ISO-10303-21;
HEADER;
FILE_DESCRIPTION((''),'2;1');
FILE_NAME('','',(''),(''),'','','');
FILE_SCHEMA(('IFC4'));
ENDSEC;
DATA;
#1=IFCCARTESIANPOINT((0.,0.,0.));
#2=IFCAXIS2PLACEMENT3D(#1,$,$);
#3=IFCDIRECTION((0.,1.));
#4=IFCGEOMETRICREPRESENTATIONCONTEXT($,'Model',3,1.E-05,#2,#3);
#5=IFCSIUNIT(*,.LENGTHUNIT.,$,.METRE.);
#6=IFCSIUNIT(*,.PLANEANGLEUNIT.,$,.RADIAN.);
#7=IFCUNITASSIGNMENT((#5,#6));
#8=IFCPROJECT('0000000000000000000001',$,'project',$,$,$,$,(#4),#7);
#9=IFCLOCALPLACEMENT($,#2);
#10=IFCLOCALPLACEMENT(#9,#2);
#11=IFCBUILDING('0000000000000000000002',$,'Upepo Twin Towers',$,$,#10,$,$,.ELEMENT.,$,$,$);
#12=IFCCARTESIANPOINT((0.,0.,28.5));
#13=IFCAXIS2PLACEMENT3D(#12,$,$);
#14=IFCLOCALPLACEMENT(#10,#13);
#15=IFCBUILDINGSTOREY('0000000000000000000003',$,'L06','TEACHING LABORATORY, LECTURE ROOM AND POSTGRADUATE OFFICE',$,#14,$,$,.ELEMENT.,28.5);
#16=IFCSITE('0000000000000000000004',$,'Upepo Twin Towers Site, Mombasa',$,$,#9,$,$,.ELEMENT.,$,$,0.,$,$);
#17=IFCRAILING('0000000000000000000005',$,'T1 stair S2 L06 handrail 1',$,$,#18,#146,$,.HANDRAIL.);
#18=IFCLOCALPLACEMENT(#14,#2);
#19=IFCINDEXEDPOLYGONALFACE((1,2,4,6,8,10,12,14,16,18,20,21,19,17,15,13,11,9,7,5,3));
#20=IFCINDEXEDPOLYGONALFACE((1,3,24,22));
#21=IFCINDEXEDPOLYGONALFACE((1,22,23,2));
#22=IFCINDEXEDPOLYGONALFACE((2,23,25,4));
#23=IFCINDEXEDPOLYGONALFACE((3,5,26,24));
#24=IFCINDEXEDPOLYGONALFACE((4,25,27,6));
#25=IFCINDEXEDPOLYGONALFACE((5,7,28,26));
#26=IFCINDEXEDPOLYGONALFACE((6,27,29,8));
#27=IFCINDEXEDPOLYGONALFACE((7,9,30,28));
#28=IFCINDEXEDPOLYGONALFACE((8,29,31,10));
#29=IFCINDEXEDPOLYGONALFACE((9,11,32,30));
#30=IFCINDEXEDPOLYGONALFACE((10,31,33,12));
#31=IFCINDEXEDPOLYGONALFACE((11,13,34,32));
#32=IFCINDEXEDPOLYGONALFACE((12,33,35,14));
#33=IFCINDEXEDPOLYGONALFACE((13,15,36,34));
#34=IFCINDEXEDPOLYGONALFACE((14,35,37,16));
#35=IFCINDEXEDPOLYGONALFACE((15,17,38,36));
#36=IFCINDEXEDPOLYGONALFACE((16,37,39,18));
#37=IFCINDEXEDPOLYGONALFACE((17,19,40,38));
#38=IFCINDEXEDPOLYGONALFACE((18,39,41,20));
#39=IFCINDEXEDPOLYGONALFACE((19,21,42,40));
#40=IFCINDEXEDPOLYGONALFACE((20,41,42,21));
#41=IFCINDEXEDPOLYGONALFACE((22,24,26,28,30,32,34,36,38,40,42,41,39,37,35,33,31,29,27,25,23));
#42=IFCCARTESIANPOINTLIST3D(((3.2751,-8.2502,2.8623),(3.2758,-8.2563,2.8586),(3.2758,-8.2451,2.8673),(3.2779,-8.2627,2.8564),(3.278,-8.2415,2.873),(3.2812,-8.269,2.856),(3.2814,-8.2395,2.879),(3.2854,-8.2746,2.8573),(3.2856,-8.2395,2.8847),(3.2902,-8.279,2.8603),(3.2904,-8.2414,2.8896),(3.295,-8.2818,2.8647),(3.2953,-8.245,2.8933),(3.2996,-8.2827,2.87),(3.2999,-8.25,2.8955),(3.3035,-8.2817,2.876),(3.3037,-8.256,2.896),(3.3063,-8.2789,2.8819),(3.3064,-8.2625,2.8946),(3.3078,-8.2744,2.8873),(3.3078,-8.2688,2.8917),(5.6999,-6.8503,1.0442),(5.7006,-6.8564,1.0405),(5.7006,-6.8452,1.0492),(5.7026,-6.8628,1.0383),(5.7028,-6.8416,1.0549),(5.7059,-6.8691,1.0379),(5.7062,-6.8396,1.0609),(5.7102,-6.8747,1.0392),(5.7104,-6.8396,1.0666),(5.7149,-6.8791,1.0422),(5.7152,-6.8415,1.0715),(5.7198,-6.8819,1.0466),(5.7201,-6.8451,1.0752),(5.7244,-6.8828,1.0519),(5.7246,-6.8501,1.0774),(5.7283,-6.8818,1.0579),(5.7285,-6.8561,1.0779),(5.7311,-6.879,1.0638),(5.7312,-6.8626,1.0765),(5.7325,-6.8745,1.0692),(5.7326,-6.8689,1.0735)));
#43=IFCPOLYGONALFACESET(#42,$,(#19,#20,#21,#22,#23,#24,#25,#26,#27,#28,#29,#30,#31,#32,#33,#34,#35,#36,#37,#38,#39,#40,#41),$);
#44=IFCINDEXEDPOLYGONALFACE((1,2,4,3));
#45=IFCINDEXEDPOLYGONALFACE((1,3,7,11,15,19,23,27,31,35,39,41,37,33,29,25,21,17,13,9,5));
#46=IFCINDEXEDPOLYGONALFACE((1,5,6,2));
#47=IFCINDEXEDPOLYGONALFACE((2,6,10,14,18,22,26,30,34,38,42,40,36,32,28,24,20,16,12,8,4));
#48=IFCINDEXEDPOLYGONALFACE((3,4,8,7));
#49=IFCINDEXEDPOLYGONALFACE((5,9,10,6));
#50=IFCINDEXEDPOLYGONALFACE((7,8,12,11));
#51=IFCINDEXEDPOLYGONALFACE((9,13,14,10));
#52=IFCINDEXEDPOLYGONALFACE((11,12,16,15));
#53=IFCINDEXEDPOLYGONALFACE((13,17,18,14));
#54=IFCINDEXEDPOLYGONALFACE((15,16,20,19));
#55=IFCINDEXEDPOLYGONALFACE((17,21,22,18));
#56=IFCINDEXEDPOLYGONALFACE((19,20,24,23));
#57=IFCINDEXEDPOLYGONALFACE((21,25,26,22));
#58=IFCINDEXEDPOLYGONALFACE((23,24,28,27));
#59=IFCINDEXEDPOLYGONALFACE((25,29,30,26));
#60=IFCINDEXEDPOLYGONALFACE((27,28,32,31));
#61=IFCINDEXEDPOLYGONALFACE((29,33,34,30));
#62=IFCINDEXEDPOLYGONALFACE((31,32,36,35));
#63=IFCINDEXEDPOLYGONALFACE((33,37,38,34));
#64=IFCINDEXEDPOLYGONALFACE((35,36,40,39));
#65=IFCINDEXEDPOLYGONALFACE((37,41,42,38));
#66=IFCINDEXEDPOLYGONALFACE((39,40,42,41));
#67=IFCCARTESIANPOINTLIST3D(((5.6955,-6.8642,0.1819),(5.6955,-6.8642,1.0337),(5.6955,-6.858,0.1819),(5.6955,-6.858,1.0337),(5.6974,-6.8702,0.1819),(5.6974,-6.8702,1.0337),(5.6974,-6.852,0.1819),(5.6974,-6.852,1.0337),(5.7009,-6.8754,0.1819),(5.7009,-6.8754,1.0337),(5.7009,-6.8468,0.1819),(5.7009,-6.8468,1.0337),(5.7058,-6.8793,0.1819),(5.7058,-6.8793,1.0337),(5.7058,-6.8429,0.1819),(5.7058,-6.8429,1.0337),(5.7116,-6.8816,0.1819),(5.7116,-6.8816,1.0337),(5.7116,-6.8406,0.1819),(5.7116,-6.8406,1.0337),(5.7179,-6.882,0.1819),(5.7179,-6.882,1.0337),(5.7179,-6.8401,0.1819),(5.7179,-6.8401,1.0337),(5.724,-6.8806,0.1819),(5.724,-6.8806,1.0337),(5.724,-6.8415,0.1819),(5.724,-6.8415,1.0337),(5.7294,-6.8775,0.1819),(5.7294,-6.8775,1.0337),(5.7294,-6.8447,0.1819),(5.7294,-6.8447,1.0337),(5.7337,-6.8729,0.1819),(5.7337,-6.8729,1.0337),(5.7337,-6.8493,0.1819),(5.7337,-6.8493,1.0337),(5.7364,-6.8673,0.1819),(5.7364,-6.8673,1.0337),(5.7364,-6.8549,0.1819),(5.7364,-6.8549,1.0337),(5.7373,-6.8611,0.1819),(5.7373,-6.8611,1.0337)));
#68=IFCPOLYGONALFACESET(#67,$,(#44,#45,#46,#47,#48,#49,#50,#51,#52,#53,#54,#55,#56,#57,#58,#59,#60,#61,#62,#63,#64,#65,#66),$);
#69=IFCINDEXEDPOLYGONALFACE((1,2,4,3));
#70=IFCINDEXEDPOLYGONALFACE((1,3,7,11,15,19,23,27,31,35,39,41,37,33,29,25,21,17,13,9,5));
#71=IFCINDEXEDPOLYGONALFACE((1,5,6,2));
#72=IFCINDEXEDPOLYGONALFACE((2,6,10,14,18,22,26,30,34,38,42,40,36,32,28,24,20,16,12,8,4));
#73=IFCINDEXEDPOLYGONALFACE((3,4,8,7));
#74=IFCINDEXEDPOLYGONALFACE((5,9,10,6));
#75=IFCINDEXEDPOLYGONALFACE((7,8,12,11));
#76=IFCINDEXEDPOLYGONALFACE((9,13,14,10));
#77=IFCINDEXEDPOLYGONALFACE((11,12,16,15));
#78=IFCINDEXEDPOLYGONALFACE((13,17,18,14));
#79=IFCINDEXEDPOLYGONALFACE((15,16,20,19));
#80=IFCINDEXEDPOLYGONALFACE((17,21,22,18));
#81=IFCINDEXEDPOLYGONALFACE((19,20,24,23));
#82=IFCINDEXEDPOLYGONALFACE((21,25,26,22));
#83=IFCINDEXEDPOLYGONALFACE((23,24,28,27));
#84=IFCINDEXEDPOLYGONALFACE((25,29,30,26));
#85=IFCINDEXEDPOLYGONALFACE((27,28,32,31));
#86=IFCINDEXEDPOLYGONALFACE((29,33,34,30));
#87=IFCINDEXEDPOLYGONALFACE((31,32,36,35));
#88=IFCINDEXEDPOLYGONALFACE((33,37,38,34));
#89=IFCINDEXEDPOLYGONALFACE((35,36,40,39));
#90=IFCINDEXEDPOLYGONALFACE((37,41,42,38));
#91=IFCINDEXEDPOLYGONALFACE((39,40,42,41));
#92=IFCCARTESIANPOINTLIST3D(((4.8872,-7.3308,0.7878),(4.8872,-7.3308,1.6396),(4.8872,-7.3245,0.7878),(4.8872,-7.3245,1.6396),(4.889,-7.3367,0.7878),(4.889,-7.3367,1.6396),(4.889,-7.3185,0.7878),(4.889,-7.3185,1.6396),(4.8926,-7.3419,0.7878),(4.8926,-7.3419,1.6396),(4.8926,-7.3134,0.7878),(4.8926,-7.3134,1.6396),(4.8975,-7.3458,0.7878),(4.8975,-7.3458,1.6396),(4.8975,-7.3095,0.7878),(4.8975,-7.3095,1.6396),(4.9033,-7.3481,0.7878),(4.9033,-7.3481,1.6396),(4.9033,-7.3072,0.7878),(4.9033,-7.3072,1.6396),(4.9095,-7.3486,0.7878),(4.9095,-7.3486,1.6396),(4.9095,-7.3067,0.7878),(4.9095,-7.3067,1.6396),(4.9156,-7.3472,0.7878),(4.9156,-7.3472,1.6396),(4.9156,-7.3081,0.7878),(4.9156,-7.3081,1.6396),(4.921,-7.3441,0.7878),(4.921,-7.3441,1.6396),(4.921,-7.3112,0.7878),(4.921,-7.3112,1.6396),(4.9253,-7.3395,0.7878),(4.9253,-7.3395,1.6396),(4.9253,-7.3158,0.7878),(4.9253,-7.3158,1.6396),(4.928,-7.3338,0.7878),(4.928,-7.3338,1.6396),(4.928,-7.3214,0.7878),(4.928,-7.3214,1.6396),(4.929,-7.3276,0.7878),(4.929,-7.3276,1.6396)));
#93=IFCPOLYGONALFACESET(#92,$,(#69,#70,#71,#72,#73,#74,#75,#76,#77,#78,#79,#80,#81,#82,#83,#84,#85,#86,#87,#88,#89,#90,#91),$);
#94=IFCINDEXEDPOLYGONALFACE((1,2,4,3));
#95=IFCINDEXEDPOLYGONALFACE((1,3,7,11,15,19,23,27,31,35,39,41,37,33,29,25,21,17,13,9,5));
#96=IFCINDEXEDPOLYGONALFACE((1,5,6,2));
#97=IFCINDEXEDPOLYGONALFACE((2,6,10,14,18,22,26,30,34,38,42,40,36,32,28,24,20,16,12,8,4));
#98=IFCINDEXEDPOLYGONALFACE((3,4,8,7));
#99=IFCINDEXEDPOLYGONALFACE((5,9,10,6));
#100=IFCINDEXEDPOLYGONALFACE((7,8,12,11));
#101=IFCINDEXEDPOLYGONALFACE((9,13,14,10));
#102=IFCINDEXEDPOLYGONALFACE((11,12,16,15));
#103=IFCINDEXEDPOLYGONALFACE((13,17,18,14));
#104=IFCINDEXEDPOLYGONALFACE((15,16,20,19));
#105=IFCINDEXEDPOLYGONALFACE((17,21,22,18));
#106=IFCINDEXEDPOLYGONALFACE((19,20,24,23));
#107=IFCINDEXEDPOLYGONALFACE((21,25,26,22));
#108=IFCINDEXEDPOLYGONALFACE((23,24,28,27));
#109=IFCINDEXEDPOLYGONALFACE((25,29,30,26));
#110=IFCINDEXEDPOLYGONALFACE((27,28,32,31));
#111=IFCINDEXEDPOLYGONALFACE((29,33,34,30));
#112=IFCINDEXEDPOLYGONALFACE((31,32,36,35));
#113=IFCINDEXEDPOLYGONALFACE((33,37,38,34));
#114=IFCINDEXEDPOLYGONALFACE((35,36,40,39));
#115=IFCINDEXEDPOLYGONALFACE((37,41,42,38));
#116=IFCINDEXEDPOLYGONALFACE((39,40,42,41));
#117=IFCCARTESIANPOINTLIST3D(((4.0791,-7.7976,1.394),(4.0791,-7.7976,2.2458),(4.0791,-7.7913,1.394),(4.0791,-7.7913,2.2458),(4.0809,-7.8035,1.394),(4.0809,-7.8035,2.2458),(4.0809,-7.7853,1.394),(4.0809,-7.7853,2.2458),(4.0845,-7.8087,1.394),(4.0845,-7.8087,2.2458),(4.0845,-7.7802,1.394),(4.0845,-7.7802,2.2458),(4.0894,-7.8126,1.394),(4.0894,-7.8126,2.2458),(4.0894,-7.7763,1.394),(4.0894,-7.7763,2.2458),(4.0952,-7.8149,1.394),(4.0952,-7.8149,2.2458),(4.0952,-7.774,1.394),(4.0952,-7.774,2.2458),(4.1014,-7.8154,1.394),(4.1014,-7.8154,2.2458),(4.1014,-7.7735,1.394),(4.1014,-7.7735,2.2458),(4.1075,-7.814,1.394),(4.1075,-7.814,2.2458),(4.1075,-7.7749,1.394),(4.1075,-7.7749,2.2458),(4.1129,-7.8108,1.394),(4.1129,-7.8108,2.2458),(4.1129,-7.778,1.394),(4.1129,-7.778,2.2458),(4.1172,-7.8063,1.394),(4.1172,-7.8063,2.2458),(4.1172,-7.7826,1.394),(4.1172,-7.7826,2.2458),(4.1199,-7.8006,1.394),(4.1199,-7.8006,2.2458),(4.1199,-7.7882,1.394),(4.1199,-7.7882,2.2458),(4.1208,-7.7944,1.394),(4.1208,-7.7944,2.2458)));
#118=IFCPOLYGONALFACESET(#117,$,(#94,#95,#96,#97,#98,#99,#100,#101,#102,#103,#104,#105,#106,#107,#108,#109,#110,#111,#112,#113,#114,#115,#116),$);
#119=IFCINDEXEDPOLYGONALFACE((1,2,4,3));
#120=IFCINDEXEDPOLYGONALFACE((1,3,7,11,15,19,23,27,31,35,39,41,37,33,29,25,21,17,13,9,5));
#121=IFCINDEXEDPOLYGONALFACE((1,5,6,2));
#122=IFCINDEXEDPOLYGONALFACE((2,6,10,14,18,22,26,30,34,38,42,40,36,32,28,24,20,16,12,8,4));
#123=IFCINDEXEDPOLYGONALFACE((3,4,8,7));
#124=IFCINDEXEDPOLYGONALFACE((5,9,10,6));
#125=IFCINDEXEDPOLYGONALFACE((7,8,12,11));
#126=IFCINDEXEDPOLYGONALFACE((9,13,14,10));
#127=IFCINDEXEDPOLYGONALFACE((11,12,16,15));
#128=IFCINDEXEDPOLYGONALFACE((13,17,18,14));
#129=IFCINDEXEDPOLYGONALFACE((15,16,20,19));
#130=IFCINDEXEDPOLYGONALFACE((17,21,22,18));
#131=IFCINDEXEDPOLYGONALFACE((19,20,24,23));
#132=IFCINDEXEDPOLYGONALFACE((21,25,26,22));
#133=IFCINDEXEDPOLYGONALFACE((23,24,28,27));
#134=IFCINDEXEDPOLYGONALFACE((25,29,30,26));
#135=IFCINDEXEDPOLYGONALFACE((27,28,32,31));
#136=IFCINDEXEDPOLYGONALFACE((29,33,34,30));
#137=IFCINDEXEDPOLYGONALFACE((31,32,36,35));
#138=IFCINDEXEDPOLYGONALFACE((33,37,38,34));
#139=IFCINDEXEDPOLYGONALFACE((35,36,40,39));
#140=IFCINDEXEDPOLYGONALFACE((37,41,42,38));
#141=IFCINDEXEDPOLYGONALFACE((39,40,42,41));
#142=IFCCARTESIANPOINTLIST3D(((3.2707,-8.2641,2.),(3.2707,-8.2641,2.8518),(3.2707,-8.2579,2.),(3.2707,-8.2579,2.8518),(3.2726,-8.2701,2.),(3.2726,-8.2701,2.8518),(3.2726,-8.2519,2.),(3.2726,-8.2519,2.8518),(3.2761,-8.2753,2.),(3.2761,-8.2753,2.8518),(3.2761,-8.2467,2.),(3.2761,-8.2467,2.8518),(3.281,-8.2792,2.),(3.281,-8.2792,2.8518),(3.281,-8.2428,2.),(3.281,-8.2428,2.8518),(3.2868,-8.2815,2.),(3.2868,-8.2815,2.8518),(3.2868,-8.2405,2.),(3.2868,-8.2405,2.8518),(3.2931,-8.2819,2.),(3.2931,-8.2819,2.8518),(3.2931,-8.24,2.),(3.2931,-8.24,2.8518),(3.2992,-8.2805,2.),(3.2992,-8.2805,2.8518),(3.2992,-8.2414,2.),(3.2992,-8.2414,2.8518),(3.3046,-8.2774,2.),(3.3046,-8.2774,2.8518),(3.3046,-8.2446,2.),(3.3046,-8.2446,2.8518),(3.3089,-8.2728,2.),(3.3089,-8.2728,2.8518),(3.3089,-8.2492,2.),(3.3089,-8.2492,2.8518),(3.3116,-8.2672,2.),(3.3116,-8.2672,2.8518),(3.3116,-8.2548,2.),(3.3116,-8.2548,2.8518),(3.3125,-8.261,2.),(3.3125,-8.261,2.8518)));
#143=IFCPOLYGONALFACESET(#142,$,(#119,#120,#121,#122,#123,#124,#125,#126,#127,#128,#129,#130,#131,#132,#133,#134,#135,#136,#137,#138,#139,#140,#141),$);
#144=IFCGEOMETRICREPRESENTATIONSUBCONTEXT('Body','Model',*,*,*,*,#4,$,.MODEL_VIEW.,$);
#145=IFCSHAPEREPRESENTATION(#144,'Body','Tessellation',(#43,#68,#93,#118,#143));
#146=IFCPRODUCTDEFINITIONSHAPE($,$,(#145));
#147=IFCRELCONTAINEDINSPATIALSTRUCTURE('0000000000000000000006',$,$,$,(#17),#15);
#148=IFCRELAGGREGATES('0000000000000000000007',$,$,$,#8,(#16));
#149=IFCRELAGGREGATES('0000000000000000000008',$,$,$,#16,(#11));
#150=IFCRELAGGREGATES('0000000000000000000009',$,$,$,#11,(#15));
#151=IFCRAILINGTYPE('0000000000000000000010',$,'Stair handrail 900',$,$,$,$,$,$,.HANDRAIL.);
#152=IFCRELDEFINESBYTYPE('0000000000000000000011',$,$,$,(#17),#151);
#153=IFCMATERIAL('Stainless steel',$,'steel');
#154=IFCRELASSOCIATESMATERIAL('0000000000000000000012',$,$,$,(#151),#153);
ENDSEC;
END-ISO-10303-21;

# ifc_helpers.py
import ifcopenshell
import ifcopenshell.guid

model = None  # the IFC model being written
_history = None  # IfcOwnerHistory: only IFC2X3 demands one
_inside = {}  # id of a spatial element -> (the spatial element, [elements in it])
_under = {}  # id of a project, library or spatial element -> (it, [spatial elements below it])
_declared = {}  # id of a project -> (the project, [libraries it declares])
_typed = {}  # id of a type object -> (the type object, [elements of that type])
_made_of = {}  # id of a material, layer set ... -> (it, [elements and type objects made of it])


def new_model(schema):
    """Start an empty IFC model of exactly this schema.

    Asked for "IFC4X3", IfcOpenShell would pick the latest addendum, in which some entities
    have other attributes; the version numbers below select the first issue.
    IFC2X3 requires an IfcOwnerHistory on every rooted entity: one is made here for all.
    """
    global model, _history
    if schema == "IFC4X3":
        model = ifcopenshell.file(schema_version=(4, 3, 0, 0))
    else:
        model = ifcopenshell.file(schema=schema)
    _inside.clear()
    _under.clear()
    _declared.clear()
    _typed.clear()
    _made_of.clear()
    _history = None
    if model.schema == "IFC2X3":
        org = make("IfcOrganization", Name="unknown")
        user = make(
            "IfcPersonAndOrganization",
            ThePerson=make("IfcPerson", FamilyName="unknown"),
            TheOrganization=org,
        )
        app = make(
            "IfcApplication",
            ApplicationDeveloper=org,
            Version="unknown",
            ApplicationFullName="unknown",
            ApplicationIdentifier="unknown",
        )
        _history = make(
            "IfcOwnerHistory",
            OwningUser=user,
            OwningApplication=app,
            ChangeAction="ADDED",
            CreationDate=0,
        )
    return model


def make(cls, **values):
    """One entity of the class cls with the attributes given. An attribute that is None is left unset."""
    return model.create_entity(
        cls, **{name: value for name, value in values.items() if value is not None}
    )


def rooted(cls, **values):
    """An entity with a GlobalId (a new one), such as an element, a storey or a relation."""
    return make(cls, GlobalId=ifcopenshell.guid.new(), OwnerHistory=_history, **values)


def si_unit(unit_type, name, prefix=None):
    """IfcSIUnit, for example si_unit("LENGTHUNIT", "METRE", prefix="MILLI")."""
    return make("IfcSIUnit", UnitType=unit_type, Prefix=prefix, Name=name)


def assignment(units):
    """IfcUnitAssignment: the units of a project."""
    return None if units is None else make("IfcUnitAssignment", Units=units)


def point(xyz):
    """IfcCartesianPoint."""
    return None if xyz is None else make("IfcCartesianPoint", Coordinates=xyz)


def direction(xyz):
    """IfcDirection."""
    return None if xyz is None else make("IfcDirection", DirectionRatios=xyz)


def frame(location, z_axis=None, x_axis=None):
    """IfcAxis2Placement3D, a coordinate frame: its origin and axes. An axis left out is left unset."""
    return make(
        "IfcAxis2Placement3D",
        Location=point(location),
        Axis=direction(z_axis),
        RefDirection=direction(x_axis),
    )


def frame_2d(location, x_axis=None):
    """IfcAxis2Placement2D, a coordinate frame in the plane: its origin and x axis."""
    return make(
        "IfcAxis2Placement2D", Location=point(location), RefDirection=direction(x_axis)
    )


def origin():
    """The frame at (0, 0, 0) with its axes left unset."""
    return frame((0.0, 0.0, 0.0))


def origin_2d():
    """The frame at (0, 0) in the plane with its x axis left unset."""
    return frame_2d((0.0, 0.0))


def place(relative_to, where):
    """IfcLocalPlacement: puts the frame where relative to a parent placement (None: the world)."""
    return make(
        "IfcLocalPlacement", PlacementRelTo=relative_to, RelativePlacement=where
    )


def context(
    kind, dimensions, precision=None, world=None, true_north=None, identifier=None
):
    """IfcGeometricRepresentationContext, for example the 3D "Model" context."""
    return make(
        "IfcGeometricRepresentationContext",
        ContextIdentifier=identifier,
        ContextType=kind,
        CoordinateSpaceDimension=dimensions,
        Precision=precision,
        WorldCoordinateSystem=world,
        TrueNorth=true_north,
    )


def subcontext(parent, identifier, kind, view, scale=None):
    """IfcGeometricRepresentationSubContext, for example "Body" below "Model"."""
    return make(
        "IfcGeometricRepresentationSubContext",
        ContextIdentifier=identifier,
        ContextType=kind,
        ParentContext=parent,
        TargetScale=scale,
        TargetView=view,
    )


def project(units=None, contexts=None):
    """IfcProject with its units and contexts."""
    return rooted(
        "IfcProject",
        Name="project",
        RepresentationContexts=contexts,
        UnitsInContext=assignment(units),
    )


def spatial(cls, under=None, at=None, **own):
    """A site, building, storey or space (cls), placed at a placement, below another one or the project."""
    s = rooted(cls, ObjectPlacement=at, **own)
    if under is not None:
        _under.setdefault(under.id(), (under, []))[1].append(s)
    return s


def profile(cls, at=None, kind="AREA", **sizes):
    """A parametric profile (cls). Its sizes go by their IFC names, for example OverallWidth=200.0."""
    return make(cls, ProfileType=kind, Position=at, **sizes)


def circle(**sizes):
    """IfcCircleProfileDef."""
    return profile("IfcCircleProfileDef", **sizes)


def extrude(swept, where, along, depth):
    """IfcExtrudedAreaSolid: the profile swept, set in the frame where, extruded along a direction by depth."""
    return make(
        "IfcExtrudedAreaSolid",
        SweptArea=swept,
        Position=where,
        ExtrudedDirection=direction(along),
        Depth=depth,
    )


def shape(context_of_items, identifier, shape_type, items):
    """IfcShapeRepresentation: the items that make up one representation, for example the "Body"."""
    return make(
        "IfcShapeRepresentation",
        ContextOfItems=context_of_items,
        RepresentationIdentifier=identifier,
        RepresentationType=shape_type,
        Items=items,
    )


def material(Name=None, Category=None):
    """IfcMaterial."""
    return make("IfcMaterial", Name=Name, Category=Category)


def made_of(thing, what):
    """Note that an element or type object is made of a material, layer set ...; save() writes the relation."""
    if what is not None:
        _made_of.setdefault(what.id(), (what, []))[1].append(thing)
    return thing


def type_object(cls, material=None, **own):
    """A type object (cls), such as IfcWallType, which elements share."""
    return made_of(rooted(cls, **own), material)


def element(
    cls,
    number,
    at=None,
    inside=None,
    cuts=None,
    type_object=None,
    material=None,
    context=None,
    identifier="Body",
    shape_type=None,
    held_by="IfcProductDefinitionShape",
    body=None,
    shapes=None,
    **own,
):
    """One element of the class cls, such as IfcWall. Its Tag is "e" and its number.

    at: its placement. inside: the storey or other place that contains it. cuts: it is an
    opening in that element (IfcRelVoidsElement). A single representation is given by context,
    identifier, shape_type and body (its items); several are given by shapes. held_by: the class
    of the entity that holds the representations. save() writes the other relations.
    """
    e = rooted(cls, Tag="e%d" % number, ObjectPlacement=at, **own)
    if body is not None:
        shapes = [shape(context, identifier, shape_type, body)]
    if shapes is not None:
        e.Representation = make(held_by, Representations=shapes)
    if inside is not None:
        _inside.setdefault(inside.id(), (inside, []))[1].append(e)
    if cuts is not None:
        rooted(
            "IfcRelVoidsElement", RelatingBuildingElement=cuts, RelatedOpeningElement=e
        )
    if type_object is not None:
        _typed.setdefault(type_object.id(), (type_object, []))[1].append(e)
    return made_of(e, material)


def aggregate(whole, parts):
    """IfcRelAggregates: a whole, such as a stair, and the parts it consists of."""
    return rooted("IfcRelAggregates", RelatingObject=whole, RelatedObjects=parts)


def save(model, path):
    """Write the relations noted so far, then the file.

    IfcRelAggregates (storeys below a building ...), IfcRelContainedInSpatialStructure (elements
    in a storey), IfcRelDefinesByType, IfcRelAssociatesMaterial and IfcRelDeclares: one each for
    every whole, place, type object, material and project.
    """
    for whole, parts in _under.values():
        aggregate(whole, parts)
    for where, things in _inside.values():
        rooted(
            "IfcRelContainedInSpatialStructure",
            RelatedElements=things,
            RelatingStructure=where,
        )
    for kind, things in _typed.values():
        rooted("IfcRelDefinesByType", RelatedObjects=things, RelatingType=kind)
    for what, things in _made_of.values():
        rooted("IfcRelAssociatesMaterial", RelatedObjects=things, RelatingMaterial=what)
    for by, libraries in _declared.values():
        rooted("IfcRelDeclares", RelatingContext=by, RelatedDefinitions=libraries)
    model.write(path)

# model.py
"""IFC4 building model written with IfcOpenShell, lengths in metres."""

from ifc_helpers import new_model, si_unit, direction, frame, origin, origin_2d, place, context, subcontext, project, spatial, circle, extrude, material, type_object, element, save


model = new_model("IFC4")

# Units and contexts
model_context = context("Model", 3, precision=1e-05, world=origin(), true_north=direction((0.0, 1.0)))
body_context = subcontext(model_context, "Body", "Model", "MODEL_VIEW")
ifc_project = project(units=[si_unit("LENGTHUNIT", "METRE"), si_unit("PLANEANGLEUNIT", "RADIAN")], contexts=[model_context])

# Site, building, storey
site_placement = place(None, origin())
site = spatial("IfcSite", under=ifc_project, at=site_placement, Name="Upepo Twin Towers Site, Mombasa", CompositionType="ELEMENT", RefElevation=0.0)
building_placement = place(site_placement, origin())
building = spatial("IfcBuilding", under=site, at=building_placement, Name="Upepo Twin Towers", CompositionType="ELEMENT")
storey_placement = place(building_placement, frame((0.0, 0.0, 28.5)))
storey = spatial("IfcBuildingStorey", under=building, at=storey_placement, Name="L06", Description="TEACHING LABORATORY, LECTURE ROOM AND POSTGRADUATE OFFICE", CompositionType="ELEMENT", Elevation=28.5)

# Railing
ifc_material_1 = material(Name="Stainless steel", Category="steel")
railing_type = type_object("IfcRailingType", Name="Stair handrail 900", PredefinedType="HANDRAIL", material=ifc_material_1)
railing_1_placement = place(storey_placement, frame((5.7163, -6.8611, 0.1819)))
element("IfcRailing", 1, at=railing_1_placement, inside=storey, type_object=railing_type, Name="T1 stair S2 L06 handrail 1", PredefinedType="HANDRAIL", context=body_context, shape_type="SweptSolid", body=[
    extrude(circle(Radius=0.0239, at=origin_2d()), frame((0.0, 0.0, 0.876), z_axis=(-0.726336, -0.419333, 0.544606), x_axis=(0.499984, -0.866035, 0.0)), (0.0, 0.0, 1.0), 3.3384),
    extrude(circle(Radius=0.021, at=origin_2d()), origin(), (0.0, 0.0, 1.0), 0.8518),
    extrude(circle(Radius=0.021, at=origin_2d()), frame((-0.8083, -0.4666, 0.606)), (0.0, 0.0, 1.0), 0.8518),
    extrude(circle(Radius=0.021, at=origin_2d()), frame((-1.6165, -0.9333, 1.2122)), (0.0, 0.0, 1.0), 0.8518),
    extrude(circle(Radius=0.021, at=origin_2d()), frame((-2.4248, -1.3999, 1.8181)), (0.0, 0.0, 1.0), 0.8518),
])

save(model, "model.ifc")
